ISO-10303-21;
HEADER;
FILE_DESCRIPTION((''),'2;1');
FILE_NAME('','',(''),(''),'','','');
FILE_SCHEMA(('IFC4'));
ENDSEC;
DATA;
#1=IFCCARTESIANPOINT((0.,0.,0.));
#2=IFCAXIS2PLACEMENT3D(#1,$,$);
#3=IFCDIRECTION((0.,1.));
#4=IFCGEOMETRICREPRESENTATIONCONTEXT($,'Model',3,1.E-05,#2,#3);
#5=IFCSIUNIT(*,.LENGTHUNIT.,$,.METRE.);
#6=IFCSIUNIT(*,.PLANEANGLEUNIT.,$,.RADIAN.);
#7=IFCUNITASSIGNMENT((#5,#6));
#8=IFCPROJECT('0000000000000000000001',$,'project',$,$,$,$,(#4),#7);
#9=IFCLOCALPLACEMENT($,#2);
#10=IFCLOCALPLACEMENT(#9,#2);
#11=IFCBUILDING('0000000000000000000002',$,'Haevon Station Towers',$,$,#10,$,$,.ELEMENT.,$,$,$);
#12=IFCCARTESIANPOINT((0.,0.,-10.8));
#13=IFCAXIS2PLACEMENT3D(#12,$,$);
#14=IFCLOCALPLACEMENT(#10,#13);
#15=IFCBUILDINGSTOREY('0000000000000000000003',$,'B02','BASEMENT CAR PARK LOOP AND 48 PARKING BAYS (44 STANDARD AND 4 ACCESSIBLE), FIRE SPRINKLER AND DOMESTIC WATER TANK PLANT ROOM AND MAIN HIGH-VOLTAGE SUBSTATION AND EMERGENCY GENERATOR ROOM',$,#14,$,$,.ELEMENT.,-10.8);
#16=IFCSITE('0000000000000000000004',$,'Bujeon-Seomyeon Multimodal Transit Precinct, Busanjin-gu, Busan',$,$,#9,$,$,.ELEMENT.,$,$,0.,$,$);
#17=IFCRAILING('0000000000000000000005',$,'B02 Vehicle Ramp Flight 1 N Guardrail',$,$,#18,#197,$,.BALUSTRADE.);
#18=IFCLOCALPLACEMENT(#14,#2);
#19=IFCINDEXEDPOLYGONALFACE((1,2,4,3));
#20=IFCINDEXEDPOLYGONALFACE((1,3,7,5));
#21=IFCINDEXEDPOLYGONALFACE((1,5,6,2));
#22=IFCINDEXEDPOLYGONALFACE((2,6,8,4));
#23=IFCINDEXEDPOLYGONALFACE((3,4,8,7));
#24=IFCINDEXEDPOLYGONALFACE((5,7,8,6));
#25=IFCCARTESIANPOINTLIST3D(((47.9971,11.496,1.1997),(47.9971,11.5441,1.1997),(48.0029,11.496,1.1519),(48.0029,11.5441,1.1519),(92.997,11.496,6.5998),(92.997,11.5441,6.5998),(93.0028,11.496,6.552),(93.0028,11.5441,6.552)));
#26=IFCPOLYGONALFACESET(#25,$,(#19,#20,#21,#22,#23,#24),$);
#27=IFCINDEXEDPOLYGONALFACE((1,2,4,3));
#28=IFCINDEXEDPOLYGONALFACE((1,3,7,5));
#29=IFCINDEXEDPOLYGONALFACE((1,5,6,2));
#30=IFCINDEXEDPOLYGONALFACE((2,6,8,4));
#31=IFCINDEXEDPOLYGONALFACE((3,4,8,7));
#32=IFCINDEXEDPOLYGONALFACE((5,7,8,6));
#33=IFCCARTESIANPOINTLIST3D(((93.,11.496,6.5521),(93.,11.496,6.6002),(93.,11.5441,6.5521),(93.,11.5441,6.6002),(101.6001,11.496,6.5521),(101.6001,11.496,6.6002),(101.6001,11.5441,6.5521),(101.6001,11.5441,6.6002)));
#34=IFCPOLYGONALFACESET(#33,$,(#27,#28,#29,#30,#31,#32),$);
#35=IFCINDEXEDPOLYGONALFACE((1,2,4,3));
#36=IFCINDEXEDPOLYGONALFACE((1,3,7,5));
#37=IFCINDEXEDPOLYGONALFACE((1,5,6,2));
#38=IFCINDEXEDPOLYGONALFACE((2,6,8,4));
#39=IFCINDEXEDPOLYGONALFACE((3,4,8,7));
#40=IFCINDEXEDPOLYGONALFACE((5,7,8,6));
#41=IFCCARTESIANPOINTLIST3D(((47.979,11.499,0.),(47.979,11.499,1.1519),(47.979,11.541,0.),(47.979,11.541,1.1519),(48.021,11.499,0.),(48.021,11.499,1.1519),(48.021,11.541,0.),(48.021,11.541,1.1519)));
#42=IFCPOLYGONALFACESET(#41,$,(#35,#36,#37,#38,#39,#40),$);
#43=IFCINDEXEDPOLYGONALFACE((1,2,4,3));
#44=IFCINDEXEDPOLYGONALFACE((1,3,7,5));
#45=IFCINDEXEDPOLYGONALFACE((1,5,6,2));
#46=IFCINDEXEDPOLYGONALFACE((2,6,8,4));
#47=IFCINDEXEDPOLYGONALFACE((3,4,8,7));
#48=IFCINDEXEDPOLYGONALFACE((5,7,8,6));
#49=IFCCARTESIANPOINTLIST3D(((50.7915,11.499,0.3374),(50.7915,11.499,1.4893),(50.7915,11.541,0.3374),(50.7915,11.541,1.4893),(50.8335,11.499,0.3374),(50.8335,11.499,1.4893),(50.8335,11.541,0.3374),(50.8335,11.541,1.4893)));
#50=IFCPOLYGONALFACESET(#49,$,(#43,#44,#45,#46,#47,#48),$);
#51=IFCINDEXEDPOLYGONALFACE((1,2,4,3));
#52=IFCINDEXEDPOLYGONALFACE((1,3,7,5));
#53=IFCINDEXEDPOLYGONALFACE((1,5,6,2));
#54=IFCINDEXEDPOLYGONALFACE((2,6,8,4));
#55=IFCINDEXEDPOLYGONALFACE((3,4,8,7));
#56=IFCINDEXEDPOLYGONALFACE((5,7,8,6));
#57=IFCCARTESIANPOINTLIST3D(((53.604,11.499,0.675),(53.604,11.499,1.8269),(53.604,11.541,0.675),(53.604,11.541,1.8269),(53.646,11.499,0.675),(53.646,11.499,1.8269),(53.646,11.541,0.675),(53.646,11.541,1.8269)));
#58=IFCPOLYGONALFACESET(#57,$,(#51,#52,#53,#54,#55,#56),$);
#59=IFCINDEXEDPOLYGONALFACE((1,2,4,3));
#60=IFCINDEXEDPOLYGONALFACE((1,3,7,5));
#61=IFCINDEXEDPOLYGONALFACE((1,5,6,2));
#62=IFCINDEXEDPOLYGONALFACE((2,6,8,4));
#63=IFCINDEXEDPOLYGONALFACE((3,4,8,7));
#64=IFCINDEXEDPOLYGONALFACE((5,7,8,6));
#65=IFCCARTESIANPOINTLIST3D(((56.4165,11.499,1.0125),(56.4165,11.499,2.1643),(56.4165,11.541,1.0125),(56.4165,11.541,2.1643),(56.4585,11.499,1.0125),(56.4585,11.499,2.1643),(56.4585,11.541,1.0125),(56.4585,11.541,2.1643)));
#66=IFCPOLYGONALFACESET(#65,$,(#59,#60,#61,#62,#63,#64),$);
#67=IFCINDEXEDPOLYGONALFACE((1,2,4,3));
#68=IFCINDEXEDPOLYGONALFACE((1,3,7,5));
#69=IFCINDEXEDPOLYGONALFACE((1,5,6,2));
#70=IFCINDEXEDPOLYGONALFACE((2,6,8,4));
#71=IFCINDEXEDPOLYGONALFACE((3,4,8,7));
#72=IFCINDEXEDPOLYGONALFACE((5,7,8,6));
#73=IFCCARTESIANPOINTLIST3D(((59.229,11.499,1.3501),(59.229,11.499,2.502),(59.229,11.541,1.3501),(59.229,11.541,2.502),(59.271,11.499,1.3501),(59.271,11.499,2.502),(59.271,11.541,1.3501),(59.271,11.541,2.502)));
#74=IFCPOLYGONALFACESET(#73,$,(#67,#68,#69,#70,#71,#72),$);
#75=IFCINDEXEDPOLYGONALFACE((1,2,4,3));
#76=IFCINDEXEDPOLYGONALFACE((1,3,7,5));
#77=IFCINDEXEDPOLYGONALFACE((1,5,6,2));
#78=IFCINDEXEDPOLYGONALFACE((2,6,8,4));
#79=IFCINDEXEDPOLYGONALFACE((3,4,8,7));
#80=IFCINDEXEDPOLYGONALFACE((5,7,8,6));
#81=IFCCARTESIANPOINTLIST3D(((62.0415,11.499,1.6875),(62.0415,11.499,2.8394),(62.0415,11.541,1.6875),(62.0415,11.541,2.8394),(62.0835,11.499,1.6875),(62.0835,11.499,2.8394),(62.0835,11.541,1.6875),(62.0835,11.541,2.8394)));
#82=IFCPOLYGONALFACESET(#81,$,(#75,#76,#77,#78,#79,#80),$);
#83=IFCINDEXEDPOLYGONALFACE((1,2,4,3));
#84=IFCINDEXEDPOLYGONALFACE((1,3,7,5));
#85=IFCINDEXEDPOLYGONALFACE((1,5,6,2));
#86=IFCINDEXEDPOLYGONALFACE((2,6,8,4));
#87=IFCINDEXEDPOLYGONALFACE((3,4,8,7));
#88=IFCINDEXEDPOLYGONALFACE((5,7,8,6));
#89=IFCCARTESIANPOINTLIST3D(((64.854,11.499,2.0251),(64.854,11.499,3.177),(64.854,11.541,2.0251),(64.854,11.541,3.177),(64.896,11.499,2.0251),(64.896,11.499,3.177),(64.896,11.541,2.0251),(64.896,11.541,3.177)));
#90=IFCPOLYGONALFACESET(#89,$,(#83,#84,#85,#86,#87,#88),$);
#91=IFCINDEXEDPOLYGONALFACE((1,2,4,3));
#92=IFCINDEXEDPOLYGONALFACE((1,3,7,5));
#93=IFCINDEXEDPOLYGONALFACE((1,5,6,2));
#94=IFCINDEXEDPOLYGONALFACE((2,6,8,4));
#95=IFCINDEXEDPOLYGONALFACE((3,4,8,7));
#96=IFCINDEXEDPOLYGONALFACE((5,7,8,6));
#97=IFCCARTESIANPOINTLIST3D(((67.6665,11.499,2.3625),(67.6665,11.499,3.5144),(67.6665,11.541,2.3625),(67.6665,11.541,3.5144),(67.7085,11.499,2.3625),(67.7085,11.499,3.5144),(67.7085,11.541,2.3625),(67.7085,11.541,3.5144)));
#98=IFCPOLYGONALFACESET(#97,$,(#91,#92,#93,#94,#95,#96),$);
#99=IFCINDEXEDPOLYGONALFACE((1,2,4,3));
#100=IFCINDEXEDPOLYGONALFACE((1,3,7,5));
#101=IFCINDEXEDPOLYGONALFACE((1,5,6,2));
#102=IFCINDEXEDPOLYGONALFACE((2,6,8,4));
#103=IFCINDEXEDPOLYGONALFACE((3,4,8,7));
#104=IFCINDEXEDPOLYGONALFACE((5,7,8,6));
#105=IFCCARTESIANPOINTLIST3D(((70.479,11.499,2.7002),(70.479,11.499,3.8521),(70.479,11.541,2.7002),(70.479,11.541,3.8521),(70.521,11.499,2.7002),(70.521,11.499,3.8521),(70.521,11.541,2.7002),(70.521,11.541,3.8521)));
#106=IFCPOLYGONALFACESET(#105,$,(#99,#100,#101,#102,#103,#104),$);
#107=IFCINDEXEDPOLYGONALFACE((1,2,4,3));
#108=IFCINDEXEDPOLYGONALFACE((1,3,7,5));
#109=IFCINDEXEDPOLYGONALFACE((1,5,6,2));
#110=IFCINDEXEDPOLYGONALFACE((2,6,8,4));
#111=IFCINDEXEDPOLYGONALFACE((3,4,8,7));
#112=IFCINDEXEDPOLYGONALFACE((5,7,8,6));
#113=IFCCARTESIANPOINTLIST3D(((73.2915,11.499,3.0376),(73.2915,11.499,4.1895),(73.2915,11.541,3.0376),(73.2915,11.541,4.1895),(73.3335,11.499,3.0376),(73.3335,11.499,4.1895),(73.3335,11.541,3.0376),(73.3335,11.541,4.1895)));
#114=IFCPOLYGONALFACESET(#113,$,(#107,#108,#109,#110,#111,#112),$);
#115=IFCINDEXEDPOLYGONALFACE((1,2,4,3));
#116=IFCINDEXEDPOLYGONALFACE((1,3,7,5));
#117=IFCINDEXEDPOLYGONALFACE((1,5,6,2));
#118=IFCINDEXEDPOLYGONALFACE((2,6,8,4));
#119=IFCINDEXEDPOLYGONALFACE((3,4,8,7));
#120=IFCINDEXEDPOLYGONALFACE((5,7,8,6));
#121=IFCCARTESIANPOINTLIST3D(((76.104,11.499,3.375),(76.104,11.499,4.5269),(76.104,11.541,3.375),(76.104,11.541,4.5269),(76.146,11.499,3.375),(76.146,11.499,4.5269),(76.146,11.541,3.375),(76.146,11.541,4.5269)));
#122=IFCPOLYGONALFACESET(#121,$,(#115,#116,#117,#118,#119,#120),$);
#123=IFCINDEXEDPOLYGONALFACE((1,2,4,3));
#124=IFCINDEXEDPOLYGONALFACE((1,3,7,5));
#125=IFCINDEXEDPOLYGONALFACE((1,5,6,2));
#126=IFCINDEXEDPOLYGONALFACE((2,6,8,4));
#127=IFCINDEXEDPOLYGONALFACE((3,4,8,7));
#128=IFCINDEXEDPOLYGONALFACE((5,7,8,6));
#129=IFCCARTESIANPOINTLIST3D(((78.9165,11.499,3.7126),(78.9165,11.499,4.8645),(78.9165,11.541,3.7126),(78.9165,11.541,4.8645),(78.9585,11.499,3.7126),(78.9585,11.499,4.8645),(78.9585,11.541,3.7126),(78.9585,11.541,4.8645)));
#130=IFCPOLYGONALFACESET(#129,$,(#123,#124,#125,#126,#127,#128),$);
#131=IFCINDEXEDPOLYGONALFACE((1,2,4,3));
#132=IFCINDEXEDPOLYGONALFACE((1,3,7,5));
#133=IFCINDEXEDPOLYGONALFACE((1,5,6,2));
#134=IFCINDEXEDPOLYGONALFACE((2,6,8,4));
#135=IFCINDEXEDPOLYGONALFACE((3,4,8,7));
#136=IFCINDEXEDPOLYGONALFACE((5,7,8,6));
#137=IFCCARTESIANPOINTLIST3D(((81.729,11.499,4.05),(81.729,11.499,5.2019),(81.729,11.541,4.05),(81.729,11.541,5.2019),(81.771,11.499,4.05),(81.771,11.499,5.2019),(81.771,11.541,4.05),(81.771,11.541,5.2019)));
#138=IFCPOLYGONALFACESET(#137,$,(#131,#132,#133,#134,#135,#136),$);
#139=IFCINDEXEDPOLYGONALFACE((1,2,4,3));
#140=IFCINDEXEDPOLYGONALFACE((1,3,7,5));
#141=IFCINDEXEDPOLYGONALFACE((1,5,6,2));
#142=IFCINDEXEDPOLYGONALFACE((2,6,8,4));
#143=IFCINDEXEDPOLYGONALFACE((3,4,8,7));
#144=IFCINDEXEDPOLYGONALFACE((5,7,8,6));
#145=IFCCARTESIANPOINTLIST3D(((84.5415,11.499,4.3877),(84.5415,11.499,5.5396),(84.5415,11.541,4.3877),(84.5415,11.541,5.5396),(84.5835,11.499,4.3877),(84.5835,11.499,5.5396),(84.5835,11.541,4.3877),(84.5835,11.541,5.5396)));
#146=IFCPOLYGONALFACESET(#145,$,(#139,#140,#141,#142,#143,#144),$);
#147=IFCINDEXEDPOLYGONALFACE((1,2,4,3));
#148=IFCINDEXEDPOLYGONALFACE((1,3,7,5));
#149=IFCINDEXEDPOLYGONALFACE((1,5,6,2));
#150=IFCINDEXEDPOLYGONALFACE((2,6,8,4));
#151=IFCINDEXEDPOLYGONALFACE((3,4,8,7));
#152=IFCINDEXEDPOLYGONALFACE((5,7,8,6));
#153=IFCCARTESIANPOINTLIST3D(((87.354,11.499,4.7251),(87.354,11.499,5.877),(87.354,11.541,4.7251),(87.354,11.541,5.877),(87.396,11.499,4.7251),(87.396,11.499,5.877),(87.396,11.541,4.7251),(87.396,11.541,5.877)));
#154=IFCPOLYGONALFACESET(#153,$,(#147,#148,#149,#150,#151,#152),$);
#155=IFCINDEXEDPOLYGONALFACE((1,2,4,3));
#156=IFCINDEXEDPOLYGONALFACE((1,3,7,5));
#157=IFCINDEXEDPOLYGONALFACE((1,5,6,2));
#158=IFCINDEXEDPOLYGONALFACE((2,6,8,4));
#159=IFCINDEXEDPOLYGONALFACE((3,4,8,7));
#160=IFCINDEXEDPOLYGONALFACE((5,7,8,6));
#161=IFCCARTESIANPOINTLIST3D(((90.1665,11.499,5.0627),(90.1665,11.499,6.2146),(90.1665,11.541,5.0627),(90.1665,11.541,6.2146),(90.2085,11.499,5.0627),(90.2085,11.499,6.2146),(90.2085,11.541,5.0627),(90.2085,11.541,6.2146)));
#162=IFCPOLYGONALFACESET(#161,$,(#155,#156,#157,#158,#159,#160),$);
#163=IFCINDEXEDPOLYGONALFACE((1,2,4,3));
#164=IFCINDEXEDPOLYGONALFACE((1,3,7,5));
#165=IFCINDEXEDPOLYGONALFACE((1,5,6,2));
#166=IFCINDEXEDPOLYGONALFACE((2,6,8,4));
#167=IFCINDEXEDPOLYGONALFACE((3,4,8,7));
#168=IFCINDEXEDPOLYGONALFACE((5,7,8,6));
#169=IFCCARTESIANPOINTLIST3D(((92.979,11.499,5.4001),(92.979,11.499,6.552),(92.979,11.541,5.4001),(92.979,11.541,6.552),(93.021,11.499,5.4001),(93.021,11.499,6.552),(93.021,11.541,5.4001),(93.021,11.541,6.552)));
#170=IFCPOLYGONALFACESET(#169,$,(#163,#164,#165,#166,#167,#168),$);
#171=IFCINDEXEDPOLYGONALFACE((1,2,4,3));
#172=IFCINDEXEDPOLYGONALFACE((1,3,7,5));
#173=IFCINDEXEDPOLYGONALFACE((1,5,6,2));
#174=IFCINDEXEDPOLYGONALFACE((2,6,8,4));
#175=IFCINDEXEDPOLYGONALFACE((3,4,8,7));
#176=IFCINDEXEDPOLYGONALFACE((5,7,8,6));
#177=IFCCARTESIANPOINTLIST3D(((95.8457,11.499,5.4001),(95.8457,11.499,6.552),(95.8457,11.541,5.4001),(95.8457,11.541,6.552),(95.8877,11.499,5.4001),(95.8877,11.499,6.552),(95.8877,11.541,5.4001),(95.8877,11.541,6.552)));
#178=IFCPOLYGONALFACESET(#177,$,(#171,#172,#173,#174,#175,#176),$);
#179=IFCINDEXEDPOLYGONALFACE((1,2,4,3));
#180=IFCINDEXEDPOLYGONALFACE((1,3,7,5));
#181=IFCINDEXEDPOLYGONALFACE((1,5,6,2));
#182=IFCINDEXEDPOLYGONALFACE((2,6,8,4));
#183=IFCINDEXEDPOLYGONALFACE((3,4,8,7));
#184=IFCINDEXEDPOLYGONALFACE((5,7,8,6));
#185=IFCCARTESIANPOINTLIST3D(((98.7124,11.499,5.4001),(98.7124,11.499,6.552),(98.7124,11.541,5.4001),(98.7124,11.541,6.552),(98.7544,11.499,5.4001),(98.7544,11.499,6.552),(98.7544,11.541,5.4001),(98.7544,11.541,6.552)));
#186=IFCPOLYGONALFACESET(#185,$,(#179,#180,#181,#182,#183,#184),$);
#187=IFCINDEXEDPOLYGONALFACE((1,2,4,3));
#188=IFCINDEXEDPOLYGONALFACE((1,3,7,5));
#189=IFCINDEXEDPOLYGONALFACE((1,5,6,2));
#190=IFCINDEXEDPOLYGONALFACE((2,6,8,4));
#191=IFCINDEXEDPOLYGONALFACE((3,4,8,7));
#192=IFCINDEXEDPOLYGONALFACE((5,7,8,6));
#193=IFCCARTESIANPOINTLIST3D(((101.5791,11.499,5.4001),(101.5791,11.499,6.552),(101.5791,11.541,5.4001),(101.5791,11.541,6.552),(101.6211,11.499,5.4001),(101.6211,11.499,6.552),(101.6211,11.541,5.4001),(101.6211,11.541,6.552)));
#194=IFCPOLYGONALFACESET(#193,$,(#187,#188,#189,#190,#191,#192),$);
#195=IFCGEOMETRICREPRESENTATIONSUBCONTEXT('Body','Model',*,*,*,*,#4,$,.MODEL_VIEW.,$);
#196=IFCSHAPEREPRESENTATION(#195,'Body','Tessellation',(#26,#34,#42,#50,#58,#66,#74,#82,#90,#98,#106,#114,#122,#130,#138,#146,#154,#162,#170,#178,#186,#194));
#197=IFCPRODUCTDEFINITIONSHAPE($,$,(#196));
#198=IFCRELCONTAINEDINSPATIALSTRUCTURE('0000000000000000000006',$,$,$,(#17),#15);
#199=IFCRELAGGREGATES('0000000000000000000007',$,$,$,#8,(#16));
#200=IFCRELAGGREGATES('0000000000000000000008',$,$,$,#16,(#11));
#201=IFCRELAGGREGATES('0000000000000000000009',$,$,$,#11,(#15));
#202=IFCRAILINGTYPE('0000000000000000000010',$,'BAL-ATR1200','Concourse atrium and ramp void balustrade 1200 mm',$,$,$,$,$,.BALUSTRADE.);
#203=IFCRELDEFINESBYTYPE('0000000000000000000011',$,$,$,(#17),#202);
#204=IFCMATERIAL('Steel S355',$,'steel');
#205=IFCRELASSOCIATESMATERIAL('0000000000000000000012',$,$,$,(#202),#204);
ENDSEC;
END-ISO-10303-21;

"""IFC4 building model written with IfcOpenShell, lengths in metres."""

from ifc_helpers import new_model, si_unit, direction, frame, origin, origin_2d, place, context, subcontext, project, spatial, rectangle, extrude, material, type_object, element, save


model = new_model("IFC4")

# Units and contexts
model_context = context("Model", 3, precision=1e-05, world=origin(), true_north=direction((0.0, 1.0)))
body_context = subcontext(model_context, "Body", "Model", "MODEL_VIEW")
ifc_project = project(units=[si_unit("LENGTHUNIT", "METRE"), si_unit("PLANEANGLEUNIT", "RADIAN")], contexts=[model_context])

# Site, building, storey
site_placement = place(None, origin())
site = spatial("IfcSite", under=ifc_project, at=site_placement, Name="Bujeon-Seomyeon Multimodal Transit Precinct, Busanjin-gu, Busan", CompositionType="ELEMENT", RefElevation=0.0)
building_placement = place(site_placement, origin())
building = spatial("IfcBuilding", under=site, at=building_placement, Name="Haevon Station Towers", CompositionType="ELEMENT")
storey_placement = place(building_placement, frame((0.0, 0.0, -10.8)))
storey = spatial("IfcBuildingStorey", under=building, at=storey_placement, Name="B02", Description="BASEMENT CAR PARK LOOP AND 48 PARKING BAYS (44 STANDARD AND 4 ACCESSIBLE), FIRE SPRINKLER AND DOMESTIC WATER TANK PLANT ROOM AND MAIN HIGH-VOLTAGE SUBSTATION AND EMERGENCY GENERATOR ROOM", CompositionType="ELEMENT", Elevation=-10.8)

# Shared definitions
ifc_material_1 = material(Name="Steel S355", Category="steel")

# Railing
railing_type = type_object("IfcRailingType", Name="BAL-ATR1200", Description="Concourse atrium and ramp void balustrade 1200 mm", PredefinedType="BALUSTRADE", material=ifc_material_1)
railing_1_placement = place(storey_placement, frame((48.0, 11.52, 0.0)))
element("IfcRailing", 1, at=railing_1_placement, inside=storey, type_object=railing_type, Name="B02 Vehicle Ramp Flight 1 N Guardrail", PredefinedType="BALUSTRADE", context=body_context, shape_type="SweptSolid", body=[
    extrude(rectangle(XDim=0.0481, YDim=0.0481, at=origin_2d()), frame((0.0, 0.0, 1.1758), z_axis=(0.992876, 0.0, 0.119148), x_axis=(0.0, 1.0, 0.0)), (0.0, 0.0, 1.0), 45.3228),
    extrude(rectangle(XDim=0.0481, YDim=0.0481, at=origin_2d()), frame((45.0, 0.0, 6.5762), z_axis=(1.0, 0.0, 0.0), x_axis=(0.0, 1.0, 0.0)), (0.0, 0.0, 1.0), 8.6001),
    extrude(rectangle(XDim=0.042, YDim=0.042, at=origin_2d()), origin(), (0.0, 0.0, 1.0), 1.1519),
    extrude(rectangle(XDim=0.042, YDim=0.042, at=origin_2d()), frame((2.8125, 0.0, 0.3374)), (0.0, 0.0, 1.0), 1.1519),
    extrude(rectangle(XDim=0.042, YDim=0.042, at=origin_2d()), frame((5.625, 0.0, 0.675)), (0.0, 0.0, 1.0), 1.1519),
    extrude(rectangle(XDim=0.042, YDim=0.042, at=origin_2d()), frame((8.4375, 0.0, 1.0125)), (0.0, 0.0, 1.0), 1.1519),
    extrude(rectangle(XDim=0.042, YDim=0.042, at=origin_2d()), frame((11.25, 0.0, 1.3501)), (0.0, 0.0, 1.0), 1.1519),
    extrude(rectangle(XDim=0.042, YDim=0.042, at=origin_2d()), frame((14.0625, 0.0, 1.6875)), (0.0, 0.0, 1.0), 1.1519),
    extrude(rectangle(XDim=0.042, YDim=0.042, at=origin_2d()), frame((16.875, 0.0, 2.0251)), (0.0, 0.0, 1.0), 1.1519),
    extrude(rectangle(XDim=0.042, YDim=0.042, at=origin_2d()), frame((19.6875, 0.0, 2.3625)), (0.0, 0.0, 1.0), 1.1519),
    extrude(rectangle(XDim=0.042, YDim=0.042, at=origin_2d()), frame((22.5, 0.0, 2.7002)), (0.0, 0.0, 1.0), 1.1519),
    extrude(rectangle(XDim=0.042, YDim=0.042, at=origin_2d()), frame((25.3125, 0.0, 3.0376)), (0.0, 0.0, 1.0), 1.1519),
    extrude(rectangle(XDim=0.042, YDim=0.042, at=origin_2d()), frame((28.125, 0.0, 3.375)), (0.0, 0.0, 1.0), 1.1519),
    extrude(rectangle(XDim=0.042, YDim=0.042, at=origin_2d()), frame((30.9375, 0.0, 3.7126)), (0.0, 0.0, 1.0), 1.1519),
    extrude(rectangle(XDim=0.042, YDim=0.042, at=origin_2d()), frame((33.75, 0.0, 4.05)), (0.0, 0.0, 1.0), 1.1519),
    extrude(rectangle(XDim=0.042, YDim=0.042, at=origin_2d()), frame((36.5625, 0.0, 4.3877)), (0.0, 0.0, 1.0), 1.1519),
    extrude(rectangle(XDim=0.042, YDim=0.042, at=origin_2d()), frame((39.375, 0.0, 4.7251)), (0.0, 0.0, 1.0), 1.1519),
    extrude(rectangle(XDim=0.042, YDim=0.042, at=origin_2d()), frame((42.1875, 0.0, 5.0627)), (0.0, 0.0, 1.0), 1.1519),
    extrude(rectangle(XDim=0.042, YDim=0.042, at=origin_2d()), frame((45.0, 0.0, 5.4001)), (0.0, 0.0, 1.0), 1.1519),
    extrude(rectangle(XDim=0.042, YDim=0.042, at=origin_2d()), frame((47.8667, 0.0, 5.4001)), (0.0, 0.0, 1.0), 1.1519),
    extrude(rectangle(XDim=0.042, YDim=0.042, at=origin_2d()), frame((50.7334, 0.0, 5.4001)), (0.0, 0.0, 1.0), 1.1519),
    extrude(rectangle(XDim=0.042, YDim=0.042, at=origin_2d()), frame((53.6001, 0.0, 5.4001)), (0.0, 0.0, 1.0), 1.1519),
])

save(model, "model.ifc")
